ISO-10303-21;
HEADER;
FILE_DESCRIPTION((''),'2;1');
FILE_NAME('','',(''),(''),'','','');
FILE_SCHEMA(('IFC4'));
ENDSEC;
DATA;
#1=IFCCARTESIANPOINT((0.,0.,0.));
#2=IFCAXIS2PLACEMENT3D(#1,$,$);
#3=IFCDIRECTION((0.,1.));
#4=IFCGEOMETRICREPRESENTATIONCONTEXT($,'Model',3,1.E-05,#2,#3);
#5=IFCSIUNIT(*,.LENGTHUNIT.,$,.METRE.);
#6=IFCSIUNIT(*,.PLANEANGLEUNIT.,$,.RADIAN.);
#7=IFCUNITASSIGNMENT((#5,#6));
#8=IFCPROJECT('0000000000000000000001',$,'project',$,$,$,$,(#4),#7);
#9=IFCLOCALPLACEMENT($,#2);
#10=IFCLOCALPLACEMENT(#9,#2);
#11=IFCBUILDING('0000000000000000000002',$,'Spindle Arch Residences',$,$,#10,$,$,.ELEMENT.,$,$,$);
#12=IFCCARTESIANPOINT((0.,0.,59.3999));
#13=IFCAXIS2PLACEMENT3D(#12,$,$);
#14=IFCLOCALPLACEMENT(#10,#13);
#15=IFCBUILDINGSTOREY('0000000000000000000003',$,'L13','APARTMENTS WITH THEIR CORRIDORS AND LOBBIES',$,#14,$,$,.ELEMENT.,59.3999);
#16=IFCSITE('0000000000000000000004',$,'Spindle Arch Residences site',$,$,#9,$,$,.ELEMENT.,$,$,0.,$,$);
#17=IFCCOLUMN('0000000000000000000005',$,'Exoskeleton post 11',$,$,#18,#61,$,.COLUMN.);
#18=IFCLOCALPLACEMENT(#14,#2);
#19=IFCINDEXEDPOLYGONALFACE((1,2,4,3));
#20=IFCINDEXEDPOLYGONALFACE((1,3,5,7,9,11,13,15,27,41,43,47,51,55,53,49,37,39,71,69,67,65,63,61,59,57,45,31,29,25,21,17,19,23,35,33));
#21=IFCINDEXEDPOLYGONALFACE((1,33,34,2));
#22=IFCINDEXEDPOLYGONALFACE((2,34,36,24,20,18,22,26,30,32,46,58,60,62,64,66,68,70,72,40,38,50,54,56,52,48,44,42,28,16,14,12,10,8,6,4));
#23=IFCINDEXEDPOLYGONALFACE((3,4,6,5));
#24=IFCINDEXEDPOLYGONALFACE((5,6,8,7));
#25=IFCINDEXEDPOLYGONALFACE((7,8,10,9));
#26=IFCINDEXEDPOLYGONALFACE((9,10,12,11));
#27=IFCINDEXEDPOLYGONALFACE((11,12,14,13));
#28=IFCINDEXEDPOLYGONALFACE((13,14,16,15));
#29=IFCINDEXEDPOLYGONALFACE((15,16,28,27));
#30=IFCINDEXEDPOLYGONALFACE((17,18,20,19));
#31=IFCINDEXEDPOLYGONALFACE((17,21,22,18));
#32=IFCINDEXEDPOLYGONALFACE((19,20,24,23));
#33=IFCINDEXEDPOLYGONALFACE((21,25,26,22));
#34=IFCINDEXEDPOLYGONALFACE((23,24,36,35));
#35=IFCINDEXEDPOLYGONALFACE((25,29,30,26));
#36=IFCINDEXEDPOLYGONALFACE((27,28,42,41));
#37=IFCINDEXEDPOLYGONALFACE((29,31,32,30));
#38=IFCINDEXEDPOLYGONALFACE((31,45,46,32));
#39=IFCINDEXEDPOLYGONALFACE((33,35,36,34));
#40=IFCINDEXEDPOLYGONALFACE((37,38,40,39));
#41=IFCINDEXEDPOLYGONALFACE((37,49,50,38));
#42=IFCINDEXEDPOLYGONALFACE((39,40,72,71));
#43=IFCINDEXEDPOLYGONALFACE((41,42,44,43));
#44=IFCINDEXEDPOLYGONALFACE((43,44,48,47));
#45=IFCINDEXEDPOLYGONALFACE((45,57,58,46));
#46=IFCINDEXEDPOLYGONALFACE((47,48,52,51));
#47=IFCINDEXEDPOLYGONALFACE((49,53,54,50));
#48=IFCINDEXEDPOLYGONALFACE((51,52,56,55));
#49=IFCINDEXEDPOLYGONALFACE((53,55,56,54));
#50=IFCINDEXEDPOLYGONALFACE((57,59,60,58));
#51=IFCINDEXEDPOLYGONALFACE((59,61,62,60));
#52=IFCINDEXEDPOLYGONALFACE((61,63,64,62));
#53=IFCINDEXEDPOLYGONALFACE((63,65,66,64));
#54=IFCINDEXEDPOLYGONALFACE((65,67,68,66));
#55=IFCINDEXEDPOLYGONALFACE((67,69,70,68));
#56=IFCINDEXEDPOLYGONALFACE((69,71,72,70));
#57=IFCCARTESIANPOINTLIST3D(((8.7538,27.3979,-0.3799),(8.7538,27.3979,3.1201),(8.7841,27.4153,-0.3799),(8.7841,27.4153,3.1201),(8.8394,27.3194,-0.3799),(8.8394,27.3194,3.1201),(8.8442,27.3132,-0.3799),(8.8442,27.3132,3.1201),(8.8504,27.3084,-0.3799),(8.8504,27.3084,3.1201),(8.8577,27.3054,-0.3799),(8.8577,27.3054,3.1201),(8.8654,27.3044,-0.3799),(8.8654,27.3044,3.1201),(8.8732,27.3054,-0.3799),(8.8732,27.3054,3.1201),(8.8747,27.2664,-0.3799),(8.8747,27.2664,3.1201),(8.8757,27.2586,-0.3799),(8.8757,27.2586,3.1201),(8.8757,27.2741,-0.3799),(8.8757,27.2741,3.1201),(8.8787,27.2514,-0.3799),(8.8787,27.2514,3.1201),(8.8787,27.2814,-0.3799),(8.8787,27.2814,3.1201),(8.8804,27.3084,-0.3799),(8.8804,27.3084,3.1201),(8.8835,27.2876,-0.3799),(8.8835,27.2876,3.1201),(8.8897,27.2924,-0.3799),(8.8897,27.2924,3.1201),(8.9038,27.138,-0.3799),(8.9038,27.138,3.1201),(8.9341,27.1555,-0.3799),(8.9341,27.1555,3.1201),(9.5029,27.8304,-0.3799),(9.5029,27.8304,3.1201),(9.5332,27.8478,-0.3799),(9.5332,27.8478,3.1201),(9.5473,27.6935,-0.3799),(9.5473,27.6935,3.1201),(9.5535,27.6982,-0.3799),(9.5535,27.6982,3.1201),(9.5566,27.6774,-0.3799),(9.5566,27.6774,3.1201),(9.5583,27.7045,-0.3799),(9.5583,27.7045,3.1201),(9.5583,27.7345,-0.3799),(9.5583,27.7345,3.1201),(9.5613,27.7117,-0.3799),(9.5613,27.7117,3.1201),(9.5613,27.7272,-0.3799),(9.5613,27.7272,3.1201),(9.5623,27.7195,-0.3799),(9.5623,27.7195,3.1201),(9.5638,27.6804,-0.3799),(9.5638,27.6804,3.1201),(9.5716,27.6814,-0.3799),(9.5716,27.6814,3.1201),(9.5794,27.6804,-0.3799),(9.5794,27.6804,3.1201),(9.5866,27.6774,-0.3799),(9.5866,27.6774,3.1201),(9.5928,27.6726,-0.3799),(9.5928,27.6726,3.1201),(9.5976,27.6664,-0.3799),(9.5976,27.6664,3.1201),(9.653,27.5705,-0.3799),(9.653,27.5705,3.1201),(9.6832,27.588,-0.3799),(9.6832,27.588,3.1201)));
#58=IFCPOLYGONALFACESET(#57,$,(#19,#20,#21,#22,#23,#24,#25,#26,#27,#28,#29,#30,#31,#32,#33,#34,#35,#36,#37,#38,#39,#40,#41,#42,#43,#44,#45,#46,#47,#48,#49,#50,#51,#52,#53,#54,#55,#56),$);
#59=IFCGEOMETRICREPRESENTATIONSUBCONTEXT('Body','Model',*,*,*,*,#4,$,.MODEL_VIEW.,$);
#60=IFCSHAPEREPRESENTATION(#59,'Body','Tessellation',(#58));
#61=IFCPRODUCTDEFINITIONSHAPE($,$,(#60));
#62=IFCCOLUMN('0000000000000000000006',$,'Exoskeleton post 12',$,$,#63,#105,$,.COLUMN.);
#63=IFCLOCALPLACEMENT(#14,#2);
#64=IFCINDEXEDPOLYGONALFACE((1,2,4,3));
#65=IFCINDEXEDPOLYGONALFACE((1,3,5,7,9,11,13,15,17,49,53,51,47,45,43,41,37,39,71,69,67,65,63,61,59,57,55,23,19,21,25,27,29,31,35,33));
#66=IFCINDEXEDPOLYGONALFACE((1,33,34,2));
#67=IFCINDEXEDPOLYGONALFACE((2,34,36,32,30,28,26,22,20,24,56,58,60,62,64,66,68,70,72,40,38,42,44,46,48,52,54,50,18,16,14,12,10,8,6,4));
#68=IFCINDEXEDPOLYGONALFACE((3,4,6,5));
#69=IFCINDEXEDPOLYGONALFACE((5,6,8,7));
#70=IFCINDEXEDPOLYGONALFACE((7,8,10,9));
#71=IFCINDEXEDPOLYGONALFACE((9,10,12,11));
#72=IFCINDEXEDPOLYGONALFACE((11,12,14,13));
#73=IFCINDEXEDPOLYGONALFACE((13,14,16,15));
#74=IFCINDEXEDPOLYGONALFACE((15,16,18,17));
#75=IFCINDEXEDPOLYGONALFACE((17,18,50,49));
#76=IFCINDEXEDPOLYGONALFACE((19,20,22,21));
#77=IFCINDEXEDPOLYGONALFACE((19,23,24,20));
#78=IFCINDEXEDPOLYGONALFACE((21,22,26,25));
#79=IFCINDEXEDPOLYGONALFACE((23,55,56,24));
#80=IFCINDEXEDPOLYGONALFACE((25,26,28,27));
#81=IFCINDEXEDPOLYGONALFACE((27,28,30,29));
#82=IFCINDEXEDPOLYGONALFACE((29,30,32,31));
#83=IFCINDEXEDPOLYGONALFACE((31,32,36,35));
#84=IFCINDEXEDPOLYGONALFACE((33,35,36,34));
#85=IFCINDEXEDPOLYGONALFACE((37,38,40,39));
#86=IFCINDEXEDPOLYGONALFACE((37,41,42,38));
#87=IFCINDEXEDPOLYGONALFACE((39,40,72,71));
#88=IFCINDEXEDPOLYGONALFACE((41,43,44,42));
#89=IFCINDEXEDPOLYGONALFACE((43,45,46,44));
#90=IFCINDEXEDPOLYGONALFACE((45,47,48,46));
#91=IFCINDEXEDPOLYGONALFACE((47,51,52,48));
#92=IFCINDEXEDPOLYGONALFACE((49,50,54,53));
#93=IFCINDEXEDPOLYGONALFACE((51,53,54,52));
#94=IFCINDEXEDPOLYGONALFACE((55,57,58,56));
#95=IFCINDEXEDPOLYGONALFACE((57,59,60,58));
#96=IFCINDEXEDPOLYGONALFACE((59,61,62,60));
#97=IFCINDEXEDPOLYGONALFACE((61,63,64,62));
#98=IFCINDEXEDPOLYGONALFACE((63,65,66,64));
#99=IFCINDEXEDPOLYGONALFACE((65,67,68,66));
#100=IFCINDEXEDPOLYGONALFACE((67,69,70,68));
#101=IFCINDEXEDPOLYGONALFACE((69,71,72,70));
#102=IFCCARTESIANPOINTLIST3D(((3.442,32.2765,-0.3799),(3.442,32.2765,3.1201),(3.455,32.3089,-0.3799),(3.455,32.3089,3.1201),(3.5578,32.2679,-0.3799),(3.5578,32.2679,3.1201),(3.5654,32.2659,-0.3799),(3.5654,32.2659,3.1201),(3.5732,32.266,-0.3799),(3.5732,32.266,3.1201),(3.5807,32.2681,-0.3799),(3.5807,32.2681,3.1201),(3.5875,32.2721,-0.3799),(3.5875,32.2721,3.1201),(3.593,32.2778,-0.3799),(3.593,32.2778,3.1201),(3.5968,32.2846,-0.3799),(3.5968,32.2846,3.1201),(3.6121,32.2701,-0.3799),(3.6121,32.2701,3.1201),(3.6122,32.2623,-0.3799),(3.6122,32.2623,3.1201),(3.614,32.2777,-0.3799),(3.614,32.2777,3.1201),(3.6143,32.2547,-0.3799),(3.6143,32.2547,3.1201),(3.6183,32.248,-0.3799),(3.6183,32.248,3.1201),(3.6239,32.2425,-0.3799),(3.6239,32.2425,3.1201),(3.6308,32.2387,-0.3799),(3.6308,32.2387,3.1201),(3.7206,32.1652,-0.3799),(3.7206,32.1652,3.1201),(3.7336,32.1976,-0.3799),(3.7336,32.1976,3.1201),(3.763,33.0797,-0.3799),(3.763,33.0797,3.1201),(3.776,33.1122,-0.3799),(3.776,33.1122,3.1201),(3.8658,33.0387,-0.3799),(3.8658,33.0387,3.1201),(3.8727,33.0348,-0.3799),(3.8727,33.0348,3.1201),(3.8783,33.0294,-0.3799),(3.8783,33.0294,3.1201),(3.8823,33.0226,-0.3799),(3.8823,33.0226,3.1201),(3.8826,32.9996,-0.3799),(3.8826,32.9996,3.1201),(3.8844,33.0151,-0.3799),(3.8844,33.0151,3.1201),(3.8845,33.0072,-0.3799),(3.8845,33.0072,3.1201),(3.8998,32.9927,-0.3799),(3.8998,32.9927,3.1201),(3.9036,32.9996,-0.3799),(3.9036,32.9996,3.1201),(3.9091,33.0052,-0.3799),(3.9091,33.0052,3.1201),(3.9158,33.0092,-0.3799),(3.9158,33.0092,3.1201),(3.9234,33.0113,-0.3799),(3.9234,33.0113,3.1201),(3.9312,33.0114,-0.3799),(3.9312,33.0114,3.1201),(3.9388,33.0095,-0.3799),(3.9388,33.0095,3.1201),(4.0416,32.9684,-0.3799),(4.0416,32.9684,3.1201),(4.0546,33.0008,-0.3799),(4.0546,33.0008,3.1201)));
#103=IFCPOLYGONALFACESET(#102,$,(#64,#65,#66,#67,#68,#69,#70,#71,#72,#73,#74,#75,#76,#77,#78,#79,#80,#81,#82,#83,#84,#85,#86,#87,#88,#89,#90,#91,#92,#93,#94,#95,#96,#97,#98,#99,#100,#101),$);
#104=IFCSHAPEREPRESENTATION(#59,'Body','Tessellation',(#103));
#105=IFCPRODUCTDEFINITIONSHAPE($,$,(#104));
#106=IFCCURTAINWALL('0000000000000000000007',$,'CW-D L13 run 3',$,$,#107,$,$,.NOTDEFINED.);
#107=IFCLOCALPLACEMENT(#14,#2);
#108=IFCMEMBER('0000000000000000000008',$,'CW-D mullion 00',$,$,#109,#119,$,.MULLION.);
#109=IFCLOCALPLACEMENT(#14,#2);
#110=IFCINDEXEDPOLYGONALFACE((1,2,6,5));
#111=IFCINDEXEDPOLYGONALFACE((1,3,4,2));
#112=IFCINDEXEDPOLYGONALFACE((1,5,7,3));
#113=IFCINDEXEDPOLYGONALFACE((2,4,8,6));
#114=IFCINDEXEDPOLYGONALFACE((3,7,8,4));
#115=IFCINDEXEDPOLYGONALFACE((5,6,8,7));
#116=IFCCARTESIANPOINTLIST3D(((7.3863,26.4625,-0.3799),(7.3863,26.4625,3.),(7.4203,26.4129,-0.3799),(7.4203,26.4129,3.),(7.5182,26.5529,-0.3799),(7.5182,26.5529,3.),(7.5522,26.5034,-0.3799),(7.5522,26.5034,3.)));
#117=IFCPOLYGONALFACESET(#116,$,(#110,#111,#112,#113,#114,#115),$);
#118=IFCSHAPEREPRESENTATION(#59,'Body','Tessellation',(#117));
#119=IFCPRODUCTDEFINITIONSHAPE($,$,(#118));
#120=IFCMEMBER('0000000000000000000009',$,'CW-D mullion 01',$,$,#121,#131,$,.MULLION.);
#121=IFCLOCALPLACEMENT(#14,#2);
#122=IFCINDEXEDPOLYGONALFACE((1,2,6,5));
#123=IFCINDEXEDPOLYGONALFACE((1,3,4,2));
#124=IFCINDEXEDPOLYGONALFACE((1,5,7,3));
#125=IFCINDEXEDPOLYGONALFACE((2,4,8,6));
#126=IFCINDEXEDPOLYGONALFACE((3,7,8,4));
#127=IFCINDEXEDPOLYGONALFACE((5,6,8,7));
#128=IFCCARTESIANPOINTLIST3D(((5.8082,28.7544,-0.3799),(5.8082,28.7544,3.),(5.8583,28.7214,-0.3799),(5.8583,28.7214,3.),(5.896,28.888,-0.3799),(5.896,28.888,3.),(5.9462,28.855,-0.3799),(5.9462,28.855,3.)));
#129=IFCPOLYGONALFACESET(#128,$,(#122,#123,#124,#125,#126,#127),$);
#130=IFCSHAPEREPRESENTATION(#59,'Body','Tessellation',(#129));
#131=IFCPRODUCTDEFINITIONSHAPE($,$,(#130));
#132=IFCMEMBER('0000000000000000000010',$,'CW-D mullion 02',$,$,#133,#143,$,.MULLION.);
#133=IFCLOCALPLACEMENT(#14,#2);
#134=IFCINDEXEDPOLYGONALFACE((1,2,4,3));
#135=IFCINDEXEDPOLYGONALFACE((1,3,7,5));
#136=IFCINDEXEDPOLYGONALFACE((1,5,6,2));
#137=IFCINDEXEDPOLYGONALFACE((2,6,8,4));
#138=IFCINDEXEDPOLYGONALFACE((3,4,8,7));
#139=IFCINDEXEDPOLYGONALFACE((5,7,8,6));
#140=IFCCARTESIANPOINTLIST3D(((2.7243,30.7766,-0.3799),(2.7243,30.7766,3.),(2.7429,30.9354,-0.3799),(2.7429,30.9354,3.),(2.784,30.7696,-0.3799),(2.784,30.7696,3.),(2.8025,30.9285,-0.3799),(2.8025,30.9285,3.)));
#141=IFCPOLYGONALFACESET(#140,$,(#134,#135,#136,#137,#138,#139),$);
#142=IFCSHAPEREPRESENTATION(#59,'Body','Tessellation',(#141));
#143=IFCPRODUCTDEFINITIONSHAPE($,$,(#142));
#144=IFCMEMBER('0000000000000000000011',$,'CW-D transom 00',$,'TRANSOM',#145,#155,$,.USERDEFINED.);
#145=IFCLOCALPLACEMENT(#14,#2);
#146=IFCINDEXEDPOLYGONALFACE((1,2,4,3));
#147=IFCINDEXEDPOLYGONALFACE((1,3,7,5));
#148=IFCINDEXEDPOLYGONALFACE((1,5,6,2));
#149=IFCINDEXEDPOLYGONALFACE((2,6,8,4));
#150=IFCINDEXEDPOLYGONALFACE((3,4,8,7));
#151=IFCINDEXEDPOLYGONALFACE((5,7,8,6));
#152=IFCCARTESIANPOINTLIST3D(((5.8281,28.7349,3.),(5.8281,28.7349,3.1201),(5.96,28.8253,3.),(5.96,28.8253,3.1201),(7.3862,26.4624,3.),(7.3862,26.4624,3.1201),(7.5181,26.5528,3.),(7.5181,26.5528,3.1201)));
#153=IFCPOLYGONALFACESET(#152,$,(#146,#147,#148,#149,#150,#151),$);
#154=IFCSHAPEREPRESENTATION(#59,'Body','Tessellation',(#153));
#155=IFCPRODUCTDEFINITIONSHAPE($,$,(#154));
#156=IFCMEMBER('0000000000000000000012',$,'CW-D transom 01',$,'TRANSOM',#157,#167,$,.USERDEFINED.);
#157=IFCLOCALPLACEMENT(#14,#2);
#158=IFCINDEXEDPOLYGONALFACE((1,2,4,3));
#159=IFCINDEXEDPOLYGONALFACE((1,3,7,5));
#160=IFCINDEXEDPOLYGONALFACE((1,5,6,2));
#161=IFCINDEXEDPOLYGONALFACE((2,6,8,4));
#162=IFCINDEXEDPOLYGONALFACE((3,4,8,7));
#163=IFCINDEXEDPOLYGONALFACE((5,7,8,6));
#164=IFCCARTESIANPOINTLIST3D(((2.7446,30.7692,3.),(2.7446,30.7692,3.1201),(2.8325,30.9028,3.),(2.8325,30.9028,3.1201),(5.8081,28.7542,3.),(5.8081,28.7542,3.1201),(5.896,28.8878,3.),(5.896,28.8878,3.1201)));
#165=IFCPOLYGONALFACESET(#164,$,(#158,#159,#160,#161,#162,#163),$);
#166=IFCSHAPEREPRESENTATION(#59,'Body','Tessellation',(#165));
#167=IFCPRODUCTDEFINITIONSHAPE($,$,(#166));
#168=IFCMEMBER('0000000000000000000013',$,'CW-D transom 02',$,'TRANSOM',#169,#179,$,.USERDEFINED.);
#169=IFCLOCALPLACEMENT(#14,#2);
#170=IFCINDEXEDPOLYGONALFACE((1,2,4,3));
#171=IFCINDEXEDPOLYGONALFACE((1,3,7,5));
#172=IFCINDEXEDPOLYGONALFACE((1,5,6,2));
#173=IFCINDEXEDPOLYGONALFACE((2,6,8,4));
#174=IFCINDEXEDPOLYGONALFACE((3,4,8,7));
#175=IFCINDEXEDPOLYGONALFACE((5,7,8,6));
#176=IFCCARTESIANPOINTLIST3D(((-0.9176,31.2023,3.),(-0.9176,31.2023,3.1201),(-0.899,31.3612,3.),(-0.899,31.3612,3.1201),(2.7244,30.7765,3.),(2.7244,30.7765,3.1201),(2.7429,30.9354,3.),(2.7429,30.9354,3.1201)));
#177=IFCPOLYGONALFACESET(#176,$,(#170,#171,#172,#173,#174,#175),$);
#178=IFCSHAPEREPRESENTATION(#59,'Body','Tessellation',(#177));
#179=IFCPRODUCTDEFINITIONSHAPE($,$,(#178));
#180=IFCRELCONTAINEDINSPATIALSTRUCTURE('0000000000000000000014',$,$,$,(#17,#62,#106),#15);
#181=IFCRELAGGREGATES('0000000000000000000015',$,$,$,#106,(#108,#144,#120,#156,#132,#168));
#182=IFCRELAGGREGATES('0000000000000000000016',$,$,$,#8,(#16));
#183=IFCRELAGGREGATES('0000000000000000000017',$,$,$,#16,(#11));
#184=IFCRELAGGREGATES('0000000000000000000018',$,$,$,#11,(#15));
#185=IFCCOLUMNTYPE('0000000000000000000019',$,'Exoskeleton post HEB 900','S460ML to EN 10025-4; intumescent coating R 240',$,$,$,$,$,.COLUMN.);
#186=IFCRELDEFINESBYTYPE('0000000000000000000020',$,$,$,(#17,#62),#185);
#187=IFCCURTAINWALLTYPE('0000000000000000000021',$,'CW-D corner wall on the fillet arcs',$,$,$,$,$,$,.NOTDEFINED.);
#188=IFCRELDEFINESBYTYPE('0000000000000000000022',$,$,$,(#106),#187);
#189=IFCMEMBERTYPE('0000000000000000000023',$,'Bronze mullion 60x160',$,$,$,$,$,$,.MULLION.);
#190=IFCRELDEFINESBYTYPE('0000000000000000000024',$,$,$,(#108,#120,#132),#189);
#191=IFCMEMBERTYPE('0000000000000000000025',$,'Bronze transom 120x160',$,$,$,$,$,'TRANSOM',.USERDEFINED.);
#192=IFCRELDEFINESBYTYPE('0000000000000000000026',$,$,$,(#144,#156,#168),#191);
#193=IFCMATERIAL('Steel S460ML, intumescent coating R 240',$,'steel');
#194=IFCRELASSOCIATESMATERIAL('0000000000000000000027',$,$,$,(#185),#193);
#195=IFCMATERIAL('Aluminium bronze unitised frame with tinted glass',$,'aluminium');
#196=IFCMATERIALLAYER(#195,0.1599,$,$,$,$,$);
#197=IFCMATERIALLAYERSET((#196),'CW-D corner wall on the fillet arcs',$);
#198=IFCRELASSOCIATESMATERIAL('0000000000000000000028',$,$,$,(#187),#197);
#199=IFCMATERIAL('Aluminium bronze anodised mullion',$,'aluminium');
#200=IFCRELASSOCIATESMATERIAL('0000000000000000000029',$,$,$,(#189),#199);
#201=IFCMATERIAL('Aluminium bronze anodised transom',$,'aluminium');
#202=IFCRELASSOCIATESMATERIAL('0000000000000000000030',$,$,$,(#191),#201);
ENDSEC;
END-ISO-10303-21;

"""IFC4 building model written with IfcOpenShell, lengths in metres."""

from ifc_helpers import new_model, si_unit, direction, frame, origin, origin_2d, place, context, subcontext, project, spatial, rectangle, i_section, extrude, material, layer, layer_set, material_profile, profile_set, type_object, element, aggregate, save


model = new_model("IFC4")

# Units and contexts
model_context = context("Model", 3, precision=1e-05, world=origin(), true_north=direction((0.0, 1.0)))
body_context = subcontext(model_context, "Body", "Model", "MODEL_VIEW")
ifc_project = project(units=[si_unit("LENGTHUNIT", "METRE"), si_unit("PLANEANGLEUNIT", "RADIAN")], contexts=[model_context])

# Site, building, storey
site_placement = place(None, origin())
site = spatial("IfcSite", under=ifc_project, at=site_placement, Name="Spindle Arch Residences site", CompositionType="ELEMENT", RefElevation=0.0)
building_placement = place(site_placement, origin())
building = spatial("IfcBuilding", under=site, at=building_placement, Name="Spindle Arch Residences", CompositionType="ELEMENT")
storey_placement = place(building_placement, frame((0.0, 0.0, 59.3999)))
storey = spatial("IfcBuildingStorey", under=building, at=storey_placement, Name="L13", Description="APARTMENTS WITH THEIR CORRIDORS AND LOBBIES", CompositionType="ELEMENT", Elevation=59.3999)

# Columns
ifc_material_1 = material(Name="Steel S460ML, intumescent coating R 240", Category="steel")
ifc_material_profile_1 = material_profile(ifc_material_1, i_section(OverallWidth=0.3, OverallDepth=0.8999, WebThickness=0.0186, FlangeThickness=0.0349, FilletRadius=0.03, at=origin_2d()), Name="HEB 900")
ifc_profile_set_1 = profile_set([ifc_material_profile_1], Name="Steel S460ML, intumescent coating R 240")
column_type = type_object("IfcColumnType", Name="Exoskeleton post HEB 900", Description="S460ML to EN 10025-4; intumescent coating R 240", PredefinedType="COLUMN", material=ifc_profile_set_1)
for number, where, z_axis, x_axis, name in (
    (1, (9.2185, 27.4929, -0.3799), (0.0, 0.0, 1.0), (0.5, -0.866025, 0.0), "Exoskeleton post 11"),
    (2, (3.7483, 32.6387, -0.3799), (0.0, 0.0, 1.0), (0.92859, -0.371108, 0.0), "Exoskeleton post 12"),
):
    element("IfcColumn", number, at=place(storey_placement, frame(where, z_axis=z_axis, x_axis=x_axis)), inside=storey, type_object=column_type, Name=name, PredefinedType="COLUMN", context=body_context, shape_type="SweptSolid", body=[
        extrude(i_section(OverallWidth=0.3, OverallDepth=0.8999, WebThickness=0.0186, FlangeThickness=0.0349, FilletRadius=0.03, at=origin_2d()), origin(), (0.0, 0.0, 1.0), 3.5),
    ])

# Curtain wall, members
ifc_material_2 = material(Name="Aluminium bronze unitised frame with tinted glass", Category="aluminium")
ifc_layer_1 = layer(ifc_material_2, 0.1599)
ifc_layer_set_1 = layer_set([ifc_layer_1], Name="CW-D corner wall on the fillet arcs")
curtain_wall_type_1 = type_object("IfcCurtainWallType", Name="CW-D corner wall on the fillet arcs", PredefinedType="NOTDEFINED", material=ifc_layer_set_1)
curtain_wall_1_placement = place(storey_placement, origin())
curtain_wall_1 = element("IfcCurtainWall", 3, at=curtain_wall_1_placement, inside=storey, type_object=curtain_wall_type_1, Name="CW-D L13 run 3", PredefinedType="NOTDEFINED")
ifc_material_3 = material(Name="Aluminium bronze anodised mullion", Category="aluminium")
ifc_material_profile_2 = material_profile(ifc_material_3, rectangle(XDim=0.1599, YDim=0.0601, at=origin_2d()), Name="MU 60x160")
ifc_profile_set_2 = profile_set([ifc_material_profile_2], Name="Aluminium bronze anodised mullion")
member_type_1 = type_object("IfcMemberType", Name="Bronze mullion 60x160", PredefinedType="MULLION", material=ifc_profile_set_2)
member_1_placement = place(storey_placement, frame((7.4692, 26.4829, -0.3799), z_axis=(0.0, 0.0, 1.0), x_axis=(-0.824748, -0.565501, 0.0)))
member_1 = element("IfcMember", 4, at=member_1_placement, type_object=member_type_1, Name="CW-D mullion 00", PredefinedType="MULLION", context=body_context, shape_type="SweptSolid", body=[
    extrude(rectangle(XDim=0.1599, YDim=0.0601, at=origin_2d()), origin(), (0.0, 0.0, 1.0), 3.3799),
])
member_2_placement = place(storey_placement, frame((5.8772, 28.8047, -0.3799), z_axis=(0.0, 0.0, 1.0), x_axis=(-0.549509, -0.835488, 0.0)))
member_2 = element("IfcMember", 5, at=member_2_placement, type_object=member_type_1, Name="CW-D mullion 01", PredefinedType="MULLION", context=body_context, shape_type="SweptSolid", body=[
    extrude(rectangle(XDim=0.1599, YDim=0.0601, at=origin_2d()), origin(), (0.0, 0.0, 1.0), 3.3799),
])
member_3_placement = place(storey_placement, frame((2.7634, 30.8525, -0.3799), z_axis=(0.0, 0.0, 1.0), x_axis=(-0.116093, -0.993238, 0.0)))
member_3 = element("IfcMember", 6, at=member_3_placement, type_object=member_type_1, Name="CW-D mullion 02", PredefinedType="MULLION", context=body_context, shape_type="SweptSolid", body=[
    extrude(rectangle(XDim=0.1599, YDim=0.0601, at=origin_2d()), origin(), (0.0, 0.0, 1.0), 3.3799),
])
ifc_material_4 = material(Name="Aluminium bronze anodised transom", Category="aluminium")
ifc_material_profile_3 = material_profile(ifc_material_4, rectangle(XDim=0.1599, YDim=0.1201, at=origin_2d()), Name="TR 120x160")
ifc_profile_set_3 = profile_set([ifc_material_profile_3], Name="Aluminium bronze anodised transom")
member_type_2 = type_object("IfcMemberType", Name="Bronze transom 120x160", ElementType="TRANSOM", PredefinedType="USERDEFINED", material=ifc_profile_set_3)
member_4_placement = place(storey_placement, frame((7.4521, 26.5076, 3.0601), z_axis=(-0.56549, 0.824755, 0.0), x_axis=(-0.824755, -0.56549, 0.0)))
member_4 = element("IfcMember", 7, at=member_4_placement, type_object=member_type_2, Name="CW-D transom 00", ObjectType="TRANSOM", PredefinedType="USERDEFINED", context=body_context, shape_type="SweptSolid", body=[
    extrude(rectangle(XDim=0.1599, YDim=0.1201, at=origin_2d()), origin(), (0.0, 0.0, 1.0), 2.7554),
])
member_5_placement = place(storey_placement, frame((5.8521, 28.821, 3.0601), z_axis=(-0.835486, 0.549511, 0.0), x_axis=(-0.549511, -0.835486, 0.0)))
member_5 = element("IfcMember", 8, at=member_5_placement, type_object=member_type_2, Name="CW-D transom 01", ObjectType="TRANSOM", PredefinedType="USERDEFINED", context=body_context, shape_type="SweptSolid", body=[
    extrude(rectangle(XDim=0.1599, YDim=0.1201, at=origin_2d()), origin(), (0.0, 0.0, 1.0), 3.6667),
])
member_6_placement = place(storey_placement, frame((2.7336, 30.856, 3.0601), z_axis=(-0.993235, 0.116123, 0.0), x_axis=(-0.116123, -0.993235, 0.0)))
member_6 = element("IfcMember", 9, at=member_6_placement, type_object=member_type_2, Name="CW-D transom 02", ObjectType="TRANSOM", PredefinedType="USERDEFINED", context=body_context, shape_type="SweptSolid", body=[
    extrude(rectangle(XDim=0.1599, YDim=0.1201, at=origin_2d()), origin(), (0.0, 0.0, 1.0), 3.6667),
])

aggregate(curtain_wall_1, [member_1, member_4, member_2, member_5, member_3, member_6])

save(model, "model.ifc")
